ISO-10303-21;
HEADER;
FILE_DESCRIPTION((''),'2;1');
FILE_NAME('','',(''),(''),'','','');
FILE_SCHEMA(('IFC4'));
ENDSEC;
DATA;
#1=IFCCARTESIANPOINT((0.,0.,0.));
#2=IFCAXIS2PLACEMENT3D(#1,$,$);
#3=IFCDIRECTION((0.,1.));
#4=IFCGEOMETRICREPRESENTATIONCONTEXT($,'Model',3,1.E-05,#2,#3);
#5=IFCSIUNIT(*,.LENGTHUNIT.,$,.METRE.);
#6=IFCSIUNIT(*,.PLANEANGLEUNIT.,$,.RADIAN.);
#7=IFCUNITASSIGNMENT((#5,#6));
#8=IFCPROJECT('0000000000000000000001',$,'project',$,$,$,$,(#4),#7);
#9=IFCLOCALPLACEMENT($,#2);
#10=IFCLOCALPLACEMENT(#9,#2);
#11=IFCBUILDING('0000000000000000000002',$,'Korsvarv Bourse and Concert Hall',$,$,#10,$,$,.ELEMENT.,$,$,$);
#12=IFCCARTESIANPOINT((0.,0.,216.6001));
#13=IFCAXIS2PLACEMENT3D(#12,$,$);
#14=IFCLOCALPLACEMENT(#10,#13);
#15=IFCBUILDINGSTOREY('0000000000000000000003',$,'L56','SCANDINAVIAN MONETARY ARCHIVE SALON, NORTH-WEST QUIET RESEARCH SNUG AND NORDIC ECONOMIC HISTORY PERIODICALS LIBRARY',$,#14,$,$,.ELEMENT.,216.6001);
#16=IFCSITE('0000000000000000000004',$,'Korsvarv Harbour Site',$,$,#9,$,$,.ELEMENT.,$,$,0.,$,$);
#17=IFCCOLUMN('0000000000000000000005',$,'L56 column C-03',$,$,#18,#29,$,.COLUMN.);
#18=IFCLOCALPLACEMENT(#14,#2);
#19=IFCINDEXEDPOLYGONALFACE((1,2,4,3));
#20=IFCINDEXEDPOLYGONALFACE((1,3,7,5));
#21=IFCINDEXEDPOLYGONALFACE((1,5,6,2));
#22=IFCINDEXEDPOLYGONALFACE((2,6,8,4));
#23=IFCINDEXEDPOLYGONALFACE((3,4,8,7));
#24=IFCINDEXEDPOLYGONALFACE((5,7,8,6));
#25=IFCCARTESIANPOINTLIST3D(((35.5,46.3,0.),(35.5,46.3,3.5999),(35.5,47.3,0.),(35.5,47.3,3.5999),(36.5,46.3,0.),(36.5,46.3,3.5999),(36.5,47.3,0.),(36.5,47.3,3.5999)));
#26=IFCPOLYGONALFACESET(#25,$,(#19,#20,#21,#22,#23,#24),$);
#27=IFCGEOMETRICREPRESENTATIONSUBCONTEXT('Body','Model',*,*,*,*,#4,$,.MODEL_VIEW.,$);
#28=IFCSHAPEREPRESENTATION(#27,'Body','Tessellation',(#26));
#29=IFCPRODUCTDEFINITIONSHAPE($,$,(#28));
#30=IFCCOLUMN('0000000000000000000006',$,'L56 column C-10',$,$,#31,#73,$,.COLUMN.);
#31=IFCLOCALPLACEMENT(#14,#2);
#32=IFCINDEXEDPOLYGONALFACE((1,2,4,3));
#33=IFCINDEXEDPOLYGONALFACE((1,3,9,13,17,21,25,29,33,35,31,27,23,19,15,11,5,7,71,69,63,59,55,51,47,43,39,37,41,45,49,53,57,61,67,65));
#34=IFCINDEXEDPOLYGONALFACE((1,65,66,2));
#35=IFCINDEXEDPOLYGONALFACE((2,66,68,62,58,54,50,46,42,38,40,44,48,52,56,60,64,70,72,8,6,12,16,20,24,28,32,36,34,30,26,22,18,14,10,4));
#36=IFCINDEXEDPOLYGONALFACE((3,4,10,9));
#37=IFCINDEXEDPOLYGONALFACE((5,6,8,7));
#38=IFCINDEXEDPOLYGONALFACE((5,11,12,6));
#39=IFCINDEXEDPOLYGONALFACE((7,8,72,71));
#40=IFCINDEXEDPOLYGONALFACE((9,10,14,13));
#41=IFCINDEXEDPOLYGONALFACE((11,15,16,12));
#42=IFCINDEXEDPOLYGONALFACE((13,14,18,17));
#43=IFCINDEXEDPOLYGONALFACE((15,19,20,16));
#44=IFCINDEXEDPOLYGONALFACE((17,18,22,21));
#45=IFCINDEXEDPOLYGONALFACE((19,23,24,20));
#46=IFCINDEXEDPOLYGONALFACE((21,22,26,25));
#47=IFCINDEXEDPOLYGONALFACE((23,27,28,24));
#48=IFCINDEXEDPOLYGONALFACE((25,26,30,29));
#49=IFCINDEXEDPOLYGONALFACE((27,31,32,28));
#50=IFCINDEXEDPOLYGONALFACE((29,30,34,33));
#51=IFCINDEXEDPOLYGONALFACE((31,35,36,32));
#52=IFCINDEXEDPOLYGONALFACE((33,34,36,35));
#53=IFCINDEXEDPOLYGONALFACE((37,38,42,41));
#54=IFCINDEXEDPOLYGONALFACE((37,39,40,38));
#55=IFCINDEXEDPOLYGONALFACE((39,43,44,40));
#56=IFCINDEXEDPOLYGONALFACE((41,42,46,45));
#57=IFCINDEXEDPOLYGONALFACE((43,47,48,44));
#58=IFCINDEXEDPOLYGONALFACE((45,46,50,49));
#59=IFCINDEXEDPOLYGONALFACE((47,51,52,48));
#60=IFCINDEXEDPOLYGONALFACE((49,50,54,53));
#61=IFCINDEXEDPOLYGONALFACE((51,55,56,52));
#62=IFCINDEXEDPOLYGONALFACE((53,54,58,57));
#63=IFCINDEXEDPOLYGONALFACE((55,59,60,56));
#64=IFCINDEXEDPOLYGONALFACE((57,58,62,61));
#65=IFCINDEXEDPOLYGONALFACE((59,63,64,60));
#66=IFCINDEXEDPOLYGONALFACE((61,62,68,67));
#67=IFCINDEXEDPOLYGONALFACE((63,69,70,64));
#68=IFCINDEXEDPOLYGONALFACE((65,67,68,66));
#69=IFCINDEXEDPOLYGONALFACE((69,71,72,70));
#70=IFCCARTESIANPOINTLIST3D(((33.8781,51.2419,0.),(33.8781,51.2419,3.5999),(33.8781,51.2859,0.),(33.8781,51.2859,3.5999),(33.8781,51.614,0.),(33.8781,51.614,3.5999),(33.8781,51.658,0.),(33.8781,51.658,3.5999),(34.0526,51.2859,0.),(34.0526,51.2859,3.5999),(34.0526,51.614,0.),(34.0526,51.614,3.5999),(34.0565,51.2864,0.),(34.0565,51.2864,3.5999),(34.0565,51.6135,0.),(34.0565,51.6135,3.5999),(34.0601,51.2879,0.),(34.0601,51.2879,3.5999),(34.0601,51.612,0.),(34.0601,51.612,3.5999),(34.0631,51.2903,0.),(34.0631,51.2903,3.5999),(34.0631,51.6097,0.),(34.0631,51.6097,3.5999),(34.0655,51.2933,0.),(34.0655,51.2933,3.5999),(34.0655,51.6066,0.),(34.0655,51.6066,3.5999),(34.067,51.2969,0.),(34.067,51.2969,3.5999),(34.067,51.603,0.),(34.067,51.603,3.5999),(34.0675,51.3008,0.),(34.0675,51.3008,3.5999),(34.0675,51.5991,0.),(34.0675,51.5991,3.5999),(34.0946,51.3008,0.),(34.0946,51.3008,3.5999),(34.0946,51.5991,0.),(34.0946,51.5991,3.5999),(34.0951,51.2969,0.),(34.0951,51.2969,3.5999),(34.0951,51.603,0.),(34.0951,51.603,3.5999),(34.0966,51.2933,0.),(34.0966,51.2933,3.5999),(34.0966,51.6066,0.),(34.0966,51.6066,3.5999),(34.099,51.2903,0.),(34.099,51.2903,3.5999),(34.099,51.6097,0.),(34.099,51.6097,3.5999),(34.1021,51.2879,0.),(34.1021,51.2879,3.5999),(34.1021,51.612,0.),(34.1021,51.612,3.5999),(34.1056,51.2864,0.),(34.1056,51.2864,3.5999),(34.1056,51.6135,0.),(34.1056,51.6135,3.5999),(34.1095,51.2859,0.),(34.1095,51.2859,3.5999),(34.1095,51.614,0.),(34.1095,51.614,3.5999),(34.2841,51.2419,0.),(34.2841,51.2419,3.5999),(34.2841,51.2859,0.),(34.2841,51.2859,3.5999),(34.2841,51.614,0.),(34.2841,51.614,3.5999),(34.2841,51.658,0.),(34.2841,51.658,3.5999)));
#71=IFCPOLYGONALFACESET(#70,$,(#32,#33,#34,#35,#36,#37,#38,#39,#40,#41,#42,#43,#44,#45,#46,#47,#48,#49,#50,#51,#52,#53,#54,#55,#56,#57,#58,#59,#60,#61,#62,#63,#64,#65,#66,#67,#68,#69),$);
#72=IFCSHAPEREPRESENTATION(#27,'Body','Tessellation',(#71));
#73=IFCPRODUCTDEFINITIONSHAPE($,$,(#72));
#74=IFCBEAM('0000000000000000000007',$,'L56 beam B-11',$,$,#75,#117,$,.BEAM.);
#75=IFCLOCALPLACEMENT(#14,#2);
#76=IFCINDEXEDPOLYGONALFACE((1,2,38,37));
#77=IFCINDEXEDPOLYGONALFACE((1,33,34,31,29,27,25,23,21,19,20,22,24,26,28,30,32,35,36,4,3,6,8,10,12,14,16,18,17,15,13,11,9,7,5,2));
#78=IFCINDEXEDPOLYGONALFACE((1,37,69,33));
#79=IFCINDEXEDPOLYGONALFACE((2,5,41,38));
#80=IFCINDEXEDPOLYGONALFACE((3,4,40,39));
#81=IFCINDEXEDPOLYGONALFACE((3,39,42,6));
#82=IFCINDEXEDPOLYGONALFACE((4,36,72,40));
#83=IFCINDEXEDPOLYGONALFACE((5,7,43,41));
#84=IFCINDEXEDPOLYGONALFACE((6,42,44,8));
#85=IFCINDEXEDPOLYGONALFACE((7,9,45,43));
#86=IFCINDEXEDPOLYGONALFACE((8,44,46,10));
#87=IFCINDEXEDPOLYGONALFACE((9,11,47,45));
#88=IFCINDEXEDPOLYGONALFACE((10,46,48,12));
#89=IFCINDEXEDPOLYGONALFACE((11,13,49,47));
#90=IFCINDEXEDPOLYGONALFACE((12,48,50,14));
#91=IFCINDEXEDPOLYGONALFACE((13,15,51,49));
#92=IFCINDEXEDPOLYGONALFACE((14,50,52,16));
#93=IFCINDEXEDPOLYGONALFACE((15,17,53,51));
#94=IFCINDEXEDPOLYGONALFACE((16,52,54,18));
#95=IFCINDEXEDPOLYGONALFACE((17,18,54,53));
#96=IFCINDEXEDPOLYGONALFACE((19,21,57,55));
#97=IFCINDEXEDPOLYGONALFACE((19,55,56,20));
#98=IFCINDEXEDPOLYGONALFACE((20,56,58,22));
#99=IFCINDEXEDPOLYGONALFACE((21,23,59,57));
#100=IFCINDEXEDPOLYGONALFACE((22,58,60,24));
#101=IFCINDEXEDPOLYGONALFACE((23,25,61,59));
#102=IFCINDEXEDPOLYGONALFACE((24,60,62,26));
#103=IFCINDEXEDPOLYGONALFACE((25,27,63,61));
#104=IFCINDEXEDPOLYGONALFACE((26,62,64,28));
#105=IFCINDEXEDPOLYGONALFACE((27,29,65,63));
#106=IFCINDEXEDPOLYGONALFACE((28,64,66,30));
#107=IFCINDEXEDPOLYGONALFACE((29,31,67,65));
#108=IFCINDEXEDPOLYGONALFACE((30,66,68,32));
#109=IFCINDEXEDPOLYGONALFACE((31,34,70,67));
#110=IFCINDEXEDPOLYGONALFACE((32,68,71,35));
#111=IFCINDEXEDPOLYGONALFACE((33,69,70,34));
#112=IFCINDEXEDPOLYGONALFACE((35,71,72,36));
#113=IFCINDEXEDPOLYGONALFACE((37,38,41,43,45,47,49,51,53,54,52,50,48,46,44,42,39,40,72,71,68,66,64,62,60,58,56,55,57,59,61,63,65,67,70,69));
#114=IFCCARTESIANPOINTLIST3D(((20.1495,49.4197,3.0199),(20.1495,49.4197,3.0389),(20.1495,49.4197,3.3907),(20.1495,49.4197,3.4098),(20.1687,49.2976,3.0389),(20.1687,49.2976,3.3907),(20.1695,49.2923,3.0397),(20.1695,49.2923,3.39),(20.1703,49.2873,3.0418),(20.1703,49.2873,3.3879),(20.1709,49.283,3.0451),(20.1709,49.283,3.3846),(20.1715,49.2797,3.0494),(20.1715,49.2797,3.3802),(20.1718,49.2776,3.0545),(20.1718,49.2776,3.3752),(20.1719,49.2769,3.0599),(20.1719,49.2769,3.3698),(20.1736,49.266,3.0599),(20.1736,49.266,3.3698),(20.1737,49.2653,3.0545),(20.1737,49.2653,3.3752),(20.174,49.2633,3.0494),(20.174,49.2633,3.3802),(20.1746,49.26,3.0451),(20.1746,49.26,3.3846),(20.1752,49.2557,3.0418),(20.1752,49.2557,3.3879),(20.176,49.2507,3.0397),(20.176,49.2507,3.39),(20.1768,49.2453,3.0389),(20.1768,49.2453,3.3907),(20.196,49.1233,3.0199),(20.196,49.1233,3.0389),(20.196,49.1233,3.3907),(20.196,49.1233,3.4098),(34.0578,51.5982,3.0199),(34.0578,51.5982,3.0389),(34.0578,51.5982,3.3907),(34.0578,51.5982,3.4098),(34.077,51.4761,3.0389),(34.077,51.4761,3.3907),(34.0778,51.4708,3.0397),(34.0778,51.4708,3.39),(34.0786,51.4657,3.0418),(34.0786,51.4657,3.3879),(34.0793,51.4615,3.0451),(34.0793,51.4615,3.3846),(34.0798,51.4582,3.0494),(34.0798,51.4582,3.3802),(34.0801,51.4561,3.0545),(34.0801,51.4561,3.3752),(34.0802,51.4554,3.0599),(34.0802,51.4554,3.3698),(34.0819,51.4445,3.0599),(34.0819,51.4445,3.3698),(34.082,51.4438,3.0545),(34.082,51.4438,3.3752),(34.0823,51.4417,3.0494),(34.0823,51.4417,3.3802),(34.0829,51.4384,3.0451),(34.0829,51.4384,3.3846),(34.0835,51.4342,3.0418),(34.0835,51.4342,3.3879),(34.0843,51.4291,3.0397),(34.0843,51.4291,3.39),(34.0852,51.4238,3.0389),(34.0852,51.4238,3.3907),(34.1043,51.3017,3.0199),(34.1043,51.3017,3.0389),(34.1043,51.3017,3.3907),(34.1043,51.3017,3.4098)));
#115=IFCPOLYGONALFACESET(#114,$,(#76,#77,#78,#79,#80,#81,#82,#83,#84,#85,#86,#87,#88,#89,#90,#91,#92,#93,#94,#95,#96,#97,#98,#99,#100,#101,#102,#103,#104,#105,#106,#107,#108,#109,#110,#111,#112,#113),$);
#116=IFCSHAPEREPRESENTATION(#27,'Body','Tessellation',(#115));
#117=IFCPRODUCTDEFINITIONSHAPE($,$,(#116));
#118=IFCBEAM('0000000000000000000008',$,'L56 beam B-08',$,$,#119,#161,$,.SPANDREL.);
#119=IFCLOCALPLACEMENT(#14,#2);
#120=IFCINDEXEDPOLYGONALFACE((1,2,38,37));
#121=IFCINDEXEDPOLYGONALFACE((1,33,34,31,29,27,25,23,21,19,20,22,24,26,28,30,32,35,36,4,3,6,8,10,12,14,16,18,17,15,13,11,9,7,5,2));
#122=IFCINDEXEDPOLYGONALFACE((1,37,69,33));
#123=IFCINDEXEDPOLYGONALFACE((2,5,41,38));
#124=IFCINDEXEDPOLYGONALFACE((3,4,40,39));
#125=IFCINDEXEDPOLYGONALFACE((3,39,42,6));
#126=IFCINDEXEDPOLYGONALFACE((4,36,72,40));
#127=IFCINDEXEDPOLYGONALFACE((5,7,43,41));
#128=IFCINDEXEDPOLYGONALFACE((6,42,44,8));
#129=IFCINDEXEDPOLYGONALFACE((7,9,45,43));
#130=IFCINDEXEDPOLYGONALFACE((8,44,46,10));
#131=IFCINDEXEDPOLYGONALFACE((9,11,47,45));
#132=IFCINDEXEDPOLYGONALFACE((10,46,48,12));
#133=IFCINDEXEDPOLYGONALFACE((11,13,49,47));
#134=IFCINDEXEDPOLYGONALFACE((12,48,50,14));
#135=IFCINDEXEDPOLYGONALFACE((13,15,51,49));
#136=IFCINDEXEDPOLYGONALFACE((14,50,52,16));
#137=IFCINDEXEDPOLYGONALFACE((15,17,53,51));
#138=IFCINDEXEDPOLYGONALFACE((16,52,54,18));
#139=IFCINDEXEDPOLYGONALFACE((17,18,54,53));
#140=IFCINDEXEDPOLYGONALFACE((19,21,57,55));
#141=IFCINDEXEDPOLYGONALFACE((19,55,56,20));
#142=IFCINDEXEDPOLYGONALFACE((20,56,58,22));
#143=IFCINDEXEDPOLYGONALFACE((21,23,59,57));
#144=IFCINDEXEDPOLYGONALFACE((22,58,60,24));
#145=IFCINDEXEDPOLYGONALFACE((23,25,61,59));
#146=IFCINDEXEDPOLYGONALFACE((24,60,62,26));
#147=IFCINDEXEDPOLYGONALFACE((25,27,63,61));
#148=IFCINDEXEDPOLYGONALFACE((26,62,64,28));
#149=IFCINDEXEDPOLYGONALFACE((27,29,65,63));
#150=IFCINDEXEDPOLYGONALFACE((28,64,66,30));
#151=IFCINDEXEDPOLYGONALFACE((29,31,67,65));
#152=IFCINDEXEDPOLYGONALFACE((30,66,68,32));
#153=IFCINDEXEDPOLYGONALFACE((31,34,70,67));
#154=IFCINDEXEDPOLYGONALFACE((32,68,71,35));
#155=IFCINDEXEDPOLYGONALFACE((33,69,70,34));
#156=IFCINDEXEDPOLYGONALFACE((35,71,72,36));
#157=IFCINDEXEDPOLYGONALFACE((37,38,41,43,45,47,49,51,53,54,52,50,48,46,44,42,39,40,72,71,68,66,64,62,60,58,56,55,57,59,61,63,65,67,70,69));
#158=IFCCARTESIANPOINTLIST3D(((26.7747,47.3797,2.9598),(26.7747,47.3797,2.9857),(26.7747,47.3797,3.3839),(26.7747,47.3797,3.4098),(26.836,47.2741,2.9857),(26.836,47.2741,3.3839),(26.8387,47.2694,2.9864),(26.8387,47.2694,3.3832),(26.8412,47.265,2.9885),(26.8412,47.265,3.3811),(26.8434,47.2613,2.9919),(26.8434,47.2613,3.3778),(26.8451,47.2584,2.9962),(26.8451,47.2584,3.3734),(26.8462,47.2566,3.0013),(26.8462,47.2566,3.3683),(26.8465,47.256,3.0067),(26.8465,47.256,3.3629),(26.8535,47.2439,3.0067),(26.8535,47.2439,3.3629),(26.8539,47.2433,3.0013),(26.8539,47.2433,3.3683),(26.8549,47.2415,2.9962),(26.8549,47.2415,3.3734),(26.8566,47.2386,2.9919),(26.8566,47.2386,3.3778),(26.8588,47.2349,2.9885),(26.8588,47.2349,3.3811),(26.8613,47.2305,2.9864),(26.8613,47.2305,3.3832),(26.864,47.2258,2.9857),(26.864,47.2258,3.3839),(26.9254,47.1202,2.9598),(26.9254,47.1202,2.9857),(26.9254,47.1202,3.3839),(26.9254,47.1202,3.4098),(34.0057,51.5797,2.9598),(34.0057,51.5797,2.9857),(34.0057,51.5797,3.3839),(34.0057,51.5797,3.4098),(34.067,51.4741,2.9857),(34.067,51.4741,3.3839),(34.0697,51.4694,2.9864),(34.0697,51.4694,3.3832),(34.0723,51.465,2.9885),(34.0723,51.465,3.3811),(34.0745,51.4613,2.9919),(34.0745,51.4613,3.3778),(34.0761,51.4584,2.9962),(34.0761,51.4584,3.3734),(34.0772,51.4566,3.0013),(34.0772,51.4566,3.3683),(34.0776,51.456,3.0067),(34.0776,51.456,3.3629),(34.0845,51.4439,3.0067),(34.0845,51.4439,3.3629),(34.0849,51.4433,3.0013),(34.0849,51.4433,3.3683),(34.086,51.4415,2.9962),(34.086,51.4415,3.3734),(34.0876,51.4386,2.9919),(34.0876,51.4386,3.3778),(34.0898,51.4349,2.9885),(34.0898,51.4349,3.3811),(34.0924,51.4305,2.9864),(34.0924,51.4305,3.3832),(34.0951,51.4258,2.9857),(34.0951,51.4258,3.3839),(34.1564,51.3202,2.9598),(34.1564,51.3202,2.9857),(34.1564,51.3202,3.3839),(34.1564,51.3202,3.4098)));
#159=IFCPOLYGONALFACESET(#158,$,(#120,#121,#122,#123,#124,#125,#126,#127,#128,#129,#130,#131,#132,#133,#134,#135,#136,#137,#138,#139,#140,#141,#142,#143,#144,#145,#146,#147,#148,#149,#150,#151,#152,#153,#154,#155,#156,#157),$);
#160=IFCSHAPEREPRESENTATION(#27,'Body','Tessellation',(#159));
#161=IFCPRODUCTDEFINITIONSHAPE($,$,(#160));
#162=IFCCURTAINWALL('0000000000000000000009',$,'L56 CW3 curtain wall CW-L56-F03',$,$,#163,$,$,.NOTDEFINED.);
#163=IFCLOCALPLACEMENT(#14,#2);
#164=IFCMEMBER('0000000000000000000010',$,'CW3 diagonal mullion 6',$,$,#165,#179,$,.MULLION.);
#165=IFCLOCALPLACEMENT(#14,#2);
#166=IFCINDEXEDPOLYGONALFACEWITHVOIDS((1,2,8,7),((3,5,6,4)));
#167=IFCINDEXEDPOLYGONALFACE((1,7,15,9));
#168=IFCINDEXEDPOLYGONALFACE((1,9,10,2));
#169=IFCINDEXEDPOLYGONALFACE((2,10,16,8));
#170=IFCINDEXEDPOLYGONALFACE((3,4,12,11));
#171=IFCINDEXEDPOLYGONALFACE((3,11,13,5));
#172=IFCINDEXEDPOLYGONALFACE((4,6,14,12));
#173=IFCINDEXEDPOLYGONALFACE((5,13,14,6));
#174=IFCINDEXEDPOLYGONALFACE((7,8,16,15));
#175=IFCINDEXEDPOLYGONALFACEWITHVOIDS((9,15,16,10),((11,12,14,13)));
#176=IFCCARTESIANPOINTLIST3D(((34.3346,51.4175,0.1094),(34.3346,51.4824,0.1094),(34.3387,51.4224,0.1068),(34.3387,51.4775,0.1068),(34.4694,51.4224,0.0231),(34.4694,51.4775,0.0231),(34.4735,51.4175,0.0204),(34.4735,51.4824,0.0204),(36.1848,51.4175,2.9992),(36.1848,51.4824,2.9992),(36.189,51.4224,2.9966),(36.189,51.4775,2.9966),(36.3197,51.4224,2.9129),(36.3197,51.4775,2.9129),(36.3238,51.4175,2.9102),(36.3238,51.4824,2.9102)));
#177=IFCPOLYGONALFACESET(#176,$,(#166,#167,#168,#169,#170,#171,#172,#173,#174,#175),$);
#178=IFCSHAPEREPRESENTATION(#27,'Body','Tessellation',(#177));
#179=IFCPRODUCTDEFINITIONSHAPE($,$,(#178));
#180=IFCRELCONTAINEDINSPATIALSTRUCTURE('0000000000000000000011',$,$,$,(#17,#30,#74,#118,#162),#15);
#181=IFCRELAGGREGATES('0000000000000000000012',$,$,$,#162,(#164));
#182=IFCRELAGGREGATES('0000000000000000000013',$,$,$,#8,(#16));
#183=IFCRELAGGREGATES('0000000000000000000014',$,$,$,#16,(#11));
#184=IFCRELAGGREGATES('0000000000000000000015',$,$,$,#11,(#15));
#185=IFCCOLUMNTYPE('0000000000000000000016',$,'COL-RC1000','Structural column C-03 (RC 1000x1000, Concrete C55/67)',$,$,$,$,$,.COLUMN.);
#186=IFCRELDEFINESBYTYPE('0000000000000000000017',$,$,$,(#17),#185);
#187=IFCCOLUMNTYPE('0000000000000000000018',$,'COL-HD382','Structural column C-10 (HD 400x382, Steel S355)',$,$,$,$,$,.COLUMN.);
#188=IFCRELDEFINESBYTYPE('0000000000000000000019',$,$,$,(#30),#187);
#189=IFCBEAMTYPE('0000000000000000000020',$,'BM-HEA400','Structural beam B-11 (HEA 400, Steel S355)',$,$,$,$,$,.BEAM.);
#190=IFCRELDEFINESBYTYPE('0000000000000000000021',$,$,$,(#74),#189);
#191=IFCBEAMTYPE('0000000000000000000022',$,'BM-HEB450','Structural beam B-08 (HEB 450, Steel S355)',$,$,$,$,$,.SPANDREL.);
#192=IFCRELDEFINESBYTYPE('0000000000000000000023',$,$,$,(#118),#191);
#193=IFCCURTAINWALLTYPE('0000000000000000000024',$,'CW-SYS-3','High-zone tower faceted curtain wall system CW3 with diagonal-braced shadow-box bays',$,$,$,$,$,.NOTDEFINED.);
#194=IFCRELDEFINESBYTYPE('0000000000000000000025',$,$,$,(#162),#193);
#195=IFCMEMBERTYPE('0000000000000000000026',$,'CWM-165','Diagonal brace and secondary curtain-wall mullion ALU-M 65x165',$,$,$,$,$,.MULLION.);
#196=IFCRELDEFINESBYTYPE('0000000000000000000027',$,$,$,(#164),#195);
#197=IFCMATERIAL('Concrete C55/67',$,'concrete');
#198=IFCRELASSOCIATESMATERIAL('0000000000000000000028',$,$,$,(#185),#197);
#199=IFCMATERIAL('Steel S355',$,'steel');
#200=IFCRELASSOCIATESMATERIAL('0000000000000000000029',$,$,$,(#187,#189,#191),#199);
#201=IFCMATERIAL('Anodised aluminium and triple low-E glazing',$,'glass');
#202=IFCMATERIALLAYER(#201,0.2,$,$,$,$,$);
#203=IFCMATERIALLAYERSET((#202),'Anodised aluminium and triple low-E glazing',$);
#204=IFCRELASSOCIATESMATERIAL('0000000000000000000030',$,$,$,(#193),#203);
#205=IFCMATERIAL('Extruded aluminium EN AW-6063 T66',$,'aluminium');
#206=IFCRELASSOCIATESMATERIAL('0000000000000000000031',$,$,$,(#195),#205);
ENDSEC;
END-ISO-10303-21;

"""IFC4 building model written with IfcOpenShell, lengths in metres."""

from ifc_helpers import new_model, si_unit, direction, frame, origin, origin_2d, place, context, subcontext, project, spatial, rectangle, hollow_rectangle, i_section, extrude, source, transform, mapped, material, layer, layer_set, material_profile, profile_set, type_object, element, aggregate, save


model = new_model("IFC4")

# Units and contexts
model_context = context("Model", 3, precision=1e-05, world=origin(), true_north=direction((0.0, 1.0)))
body_context = subcontext(model_context, "Body", "Model", "MODEL_VIEW")
ifc_project = project(units=[si_unit("LENGTHUNIT", "METRE"), si_unit("PLANEANGLEUNIT", "RADIAN")], contexts=[model_context])

# Site, building, storey
site_placement = place(None, origin())
site = spatial("IfcSite", under=ifc_project, at=site_placement, Name="Korsvarv Harbour Site", CompositionType="ELEMENT", RefElevation=0.0)
building_placement = place(site_placement, origin())
building = spatial("IfcBuilding", under=site, at=building_placement, Name="Korsvarv Bourse and Concert Hall", CompositionType="ELEMENT")
storey_placement = place(building_placement, frame((0.0, 0.0, 216.6001)))
storey = spatial("IfcBuildingStorey", under=building, at=storey_placement, Name="L56", Description="SCANDINAVIAN MONETARY ARCHIVE SALON, NORTH-WEST QUIET RESEARCH SNUG AND NORDIC ECONOMIC HISTORY PERIODICALS LIBRARY", CompositionType="ELEMENT", Elevation=216.6001)

# Columns
ifc_material_1 = material(Name="Concrete C55/67", Category="concrete")
ifc_material_profile_1 = material_profile(ifc_material_1, rectangle(XDim=1.0, YDim=1.0, at=origin_2d()), Name="RC 1000x1000")
ifc_profile_set_1 = profile_set([ifc_material_profile_1], Name="Concrete C55/67")
column_type_1 = type_object("IfcColumnType", Name="COL-RC1000", Description="Structural column C-03 (RC 1000x1000, Concrete C55/67)", PredefinedType="COLUMN", material=ifc_profile_set_1)
shared_shape_1 = source(origin(), body_context, "Body", "SweptSolid", [
    extrude(rectangle(XDim=1.0, YDim=1.0, at=origin_2d()), origin(), (0.0, 0.0, 1.0), 3.5999),
])
column_1_placement = place(storey_placement, frame((36.0, 46.8, 0.0), z_axis=(0.0, 0.0, 1.0), x_axis=(1.0, 0.0, 0.0)))
element("IfcColumn", 1, at=column_1_placement, inside=storey, type_object=column_type_1, Name="L56 column C-03", PredefinedType="COLUMN", context=body_context, shape_type="MappedRepresentation", body=[
    mapped(shared_shape_1, transform((0.0, 0.0, 0.0), scale=1.0)),
])
ifc_material_2 = material(Name="Steel S355", Category="steel")
ifc_material_profile_2 = material_profile(ifc_material_2, i_section(OverallWidth=0.406, OverallDepth=0.416, WebThickness=0.0271, FlangeThickness=0.0439, FilletRadius=0.0149, at=origin_2d()), Name="HD 400x382")
ifc_profile_set_2 = profile_set([ifc_material_profile_2], Name="Steel S355")
column_type_2 = type_object("IfcColumnType", Name="COL-HD382", Description="Structural column C-10 (HD 400x382, Steel S355)", PredefinedType="COLUMN", material=ifc_profile_set_2)
shared_shape_2 = source(origin(), body_context, "Body", "SweptSolid", [
    extrude(i_section(OverallWidth=0.406, OverallDepth=0.416, WebThickness=0.0271, FlangeThickness=0.0439, FilletRadius=0.0149, at=origin_2d()), origin(), (0.0, 0.0, 1.0), 3.5999),
])
column_2_placement = place(storey_placement, frame((34.0811, 51.45, 0.0), z_axis=(0.0, 0.0, 1.0), x_axis=(1.0, 0.0, 0.0)))
element("IfcColumn", 2, at=column_2_placement, inside=storey, type_object=column_type_2, Name="L56 column C-10", PredefinedType="COLUMN", context=body_context, shape_type="MappedRepresentation", body=[
    mapped(shared_shape_2, transform((0.0, 0.0, 0.0), scale=1.0)),
])

# Beams
ifc_material_profile_3 = material_profile(ifc_material_2, i_section(OverallWidth=0.3, OverallDepth=0.3899, WebThickness=0.011, FlangeThickness=0.019, FilletRadius=0.021, at=origin_2d()), Name="HEA 400")
ifc_profile_set_3 = profile_set([ifc_material_profile_3], Name="Steel S355")
beam_type_1 = type_object("IfcBeamType", Name="BM-HEA400", Description="Structural beam B-11 (HEA 400, Steel S355)", PredefinedType="BEAM", material=ifc_profile_set_3)
shared_shape_3 = source(origin(), body_context, "Body", "SweptSolid", [
    extrude(i_section(OverallWidth=0.3, OverallDepth=0.3899, WebThickness=0.011, FlangeThickness=0.019, FilletRadius=0.021, at=origin_2d()), origin(), (0.0, 0.0, 1.0), 14.0779),
])
beam_1_placement = place(storey_placement, frame((34.0811, 51.45, 3.2148), z_axis=(-0.987954, -0.154745, 0.0), x_axis=(0.154745, -0.987954, 0.0)))
element("IfcBeam", 3, at=beam_1_placement, inside=storey, type_object=beam_type_1, Name="L56 beam B-11", PredefinedType="BEAM", context=body_context, shape_type="MappedRepresentation", body=[
    mapped(shared_shape_3, transform((0.0, 0.0, 0.0), scale=1.0)),
])
ifc_material_profile_4 = material_profile(ifc_material_2, i_section(OverallWidth=0.3, OverallDepth=0.45, WebThickness=0.0139, FlangeThickness=0.0259, FilletRadius=0.021, at=origin_2d()), Name="HEB 450")
ifc_profile_set_4 = profile_set([ifc_material_profile_4], Name="Steel S355")
beam_type_2 = type_object("IfcBeamType", Name="BM-HEB450", Description="Structural beam B-08 (HEB 450, Steel S355)", PredefinedType="SPANDREL", material=ifc_profile_set_4)
shared_shape_4 = source(origin(), body_context, "Body", "SweptSolid", [
    extrude(i_section(OverallWidth=0.3, OverallDepth=0.45, WebThickness=0.0139, FlangeThickness=0.0259, FilletRadius=0.021, at=origin_2d()), origin(), (0.0, 0.0, 1.0), 8.3623),
])
beam_2_placement = place(storey_placement, frame((34.0811, 51.45, 3.1848), z_axis=(-0.86472, -0.502255, 0.0), x_axis=(0.502255, -0.86472, 0.0)))
element("IfcBeam", 4, at=beam_2_placement, inside=storey, type_object=beam_type_2, Name="L56 beam B-08", PredefinedType="SPANDREL", context=body_context, shape_type="MappedRepresentation", body=[
    mapped(shared_shape_4, transform((0.0, 0.0, 0.0), scale=1.0)),
])

# Curtain wall, member
ifc_material_3 = material(Name="Anodised aluminium and triple low-E glazing", Category="glass")
ifc_layer_1 = layer(ifc_material_3, 0.2)
ifc_layer_set_1 = layer_set([ifc_layer_1], Name="Anodised aluminium and triple low-E glazing")
curtain_wall_type = type_object("IfcCurtainWallType", Name="CW-SYS-3", Description="High-zone tower faceted curtain wall system CW3 with diagonal-braced shadow-box bays", PredefinedType="NOTDEFINED", material=ifc_layer_set_1)
curtain_wall_placement = place(storey_placement, origin())
curtain_wall = element("IfcCurtainWall", 5, at=curtain_wall_placement, inside=storey, type_object=curtain_wall_type, Name="L56 CW3 curtain wall CW-L56-F03", PredefinedType="NOTDEFINED")
ifc_material_4 = material(Name="Extruded aluminium EN AW-6063 T66", Category="aluminium")
ifc_material_profile_5 = material_profile(ifc_material_4, hollow_rectangle(XDim=0.0649, YDim=0.165, WallThickness=0.0049, at=origin_2d()), Name="ALU-M 65x165")
ifc_profile_set_5 = profile_set([ifc_material_profile_5], Name="Extruded aluminium EN AW-6063 T66")
member_type_1 = type_object("IfcMemberType", Name="CWM-165", Description="Diagonal brace and secondary curtain-wall mullion ALU-M 65x165", PredefinedType="MULLION", material=ifc_profile_set_5)
shared_shape_5 = source(origin(), body_context, "Body", "SweptSolid", [
    extrude(hollow_rectangle(XDim=0.0649, YDim=0.165, WallThickness=0.0049, at=origin_2d()), origin(), (0.0, 0.0, 1.0), 3.4314),
])
member_1_placement = place(storey_placement, frame((34.4041, 51.45, 0.0649), z_axis=(0.539221, 0.0, 0.842164), x_axis=(0.0, 1.0, 0.0)))
member_1 = element("IfcMember", 6, at=member_1_placement, type_object=member_type_1, Name="CW3 diagonal mullion 6", PredefinedType="MULLION", context=body_context, shape_type="MappedRepresentation", body=[
    mapped(shared_shape_5, transform((0.0, 0.0, 0.0), scale=1.0)),
])
aggregate(curtain_wall, [member_1])

save(model, "model.ifc")
